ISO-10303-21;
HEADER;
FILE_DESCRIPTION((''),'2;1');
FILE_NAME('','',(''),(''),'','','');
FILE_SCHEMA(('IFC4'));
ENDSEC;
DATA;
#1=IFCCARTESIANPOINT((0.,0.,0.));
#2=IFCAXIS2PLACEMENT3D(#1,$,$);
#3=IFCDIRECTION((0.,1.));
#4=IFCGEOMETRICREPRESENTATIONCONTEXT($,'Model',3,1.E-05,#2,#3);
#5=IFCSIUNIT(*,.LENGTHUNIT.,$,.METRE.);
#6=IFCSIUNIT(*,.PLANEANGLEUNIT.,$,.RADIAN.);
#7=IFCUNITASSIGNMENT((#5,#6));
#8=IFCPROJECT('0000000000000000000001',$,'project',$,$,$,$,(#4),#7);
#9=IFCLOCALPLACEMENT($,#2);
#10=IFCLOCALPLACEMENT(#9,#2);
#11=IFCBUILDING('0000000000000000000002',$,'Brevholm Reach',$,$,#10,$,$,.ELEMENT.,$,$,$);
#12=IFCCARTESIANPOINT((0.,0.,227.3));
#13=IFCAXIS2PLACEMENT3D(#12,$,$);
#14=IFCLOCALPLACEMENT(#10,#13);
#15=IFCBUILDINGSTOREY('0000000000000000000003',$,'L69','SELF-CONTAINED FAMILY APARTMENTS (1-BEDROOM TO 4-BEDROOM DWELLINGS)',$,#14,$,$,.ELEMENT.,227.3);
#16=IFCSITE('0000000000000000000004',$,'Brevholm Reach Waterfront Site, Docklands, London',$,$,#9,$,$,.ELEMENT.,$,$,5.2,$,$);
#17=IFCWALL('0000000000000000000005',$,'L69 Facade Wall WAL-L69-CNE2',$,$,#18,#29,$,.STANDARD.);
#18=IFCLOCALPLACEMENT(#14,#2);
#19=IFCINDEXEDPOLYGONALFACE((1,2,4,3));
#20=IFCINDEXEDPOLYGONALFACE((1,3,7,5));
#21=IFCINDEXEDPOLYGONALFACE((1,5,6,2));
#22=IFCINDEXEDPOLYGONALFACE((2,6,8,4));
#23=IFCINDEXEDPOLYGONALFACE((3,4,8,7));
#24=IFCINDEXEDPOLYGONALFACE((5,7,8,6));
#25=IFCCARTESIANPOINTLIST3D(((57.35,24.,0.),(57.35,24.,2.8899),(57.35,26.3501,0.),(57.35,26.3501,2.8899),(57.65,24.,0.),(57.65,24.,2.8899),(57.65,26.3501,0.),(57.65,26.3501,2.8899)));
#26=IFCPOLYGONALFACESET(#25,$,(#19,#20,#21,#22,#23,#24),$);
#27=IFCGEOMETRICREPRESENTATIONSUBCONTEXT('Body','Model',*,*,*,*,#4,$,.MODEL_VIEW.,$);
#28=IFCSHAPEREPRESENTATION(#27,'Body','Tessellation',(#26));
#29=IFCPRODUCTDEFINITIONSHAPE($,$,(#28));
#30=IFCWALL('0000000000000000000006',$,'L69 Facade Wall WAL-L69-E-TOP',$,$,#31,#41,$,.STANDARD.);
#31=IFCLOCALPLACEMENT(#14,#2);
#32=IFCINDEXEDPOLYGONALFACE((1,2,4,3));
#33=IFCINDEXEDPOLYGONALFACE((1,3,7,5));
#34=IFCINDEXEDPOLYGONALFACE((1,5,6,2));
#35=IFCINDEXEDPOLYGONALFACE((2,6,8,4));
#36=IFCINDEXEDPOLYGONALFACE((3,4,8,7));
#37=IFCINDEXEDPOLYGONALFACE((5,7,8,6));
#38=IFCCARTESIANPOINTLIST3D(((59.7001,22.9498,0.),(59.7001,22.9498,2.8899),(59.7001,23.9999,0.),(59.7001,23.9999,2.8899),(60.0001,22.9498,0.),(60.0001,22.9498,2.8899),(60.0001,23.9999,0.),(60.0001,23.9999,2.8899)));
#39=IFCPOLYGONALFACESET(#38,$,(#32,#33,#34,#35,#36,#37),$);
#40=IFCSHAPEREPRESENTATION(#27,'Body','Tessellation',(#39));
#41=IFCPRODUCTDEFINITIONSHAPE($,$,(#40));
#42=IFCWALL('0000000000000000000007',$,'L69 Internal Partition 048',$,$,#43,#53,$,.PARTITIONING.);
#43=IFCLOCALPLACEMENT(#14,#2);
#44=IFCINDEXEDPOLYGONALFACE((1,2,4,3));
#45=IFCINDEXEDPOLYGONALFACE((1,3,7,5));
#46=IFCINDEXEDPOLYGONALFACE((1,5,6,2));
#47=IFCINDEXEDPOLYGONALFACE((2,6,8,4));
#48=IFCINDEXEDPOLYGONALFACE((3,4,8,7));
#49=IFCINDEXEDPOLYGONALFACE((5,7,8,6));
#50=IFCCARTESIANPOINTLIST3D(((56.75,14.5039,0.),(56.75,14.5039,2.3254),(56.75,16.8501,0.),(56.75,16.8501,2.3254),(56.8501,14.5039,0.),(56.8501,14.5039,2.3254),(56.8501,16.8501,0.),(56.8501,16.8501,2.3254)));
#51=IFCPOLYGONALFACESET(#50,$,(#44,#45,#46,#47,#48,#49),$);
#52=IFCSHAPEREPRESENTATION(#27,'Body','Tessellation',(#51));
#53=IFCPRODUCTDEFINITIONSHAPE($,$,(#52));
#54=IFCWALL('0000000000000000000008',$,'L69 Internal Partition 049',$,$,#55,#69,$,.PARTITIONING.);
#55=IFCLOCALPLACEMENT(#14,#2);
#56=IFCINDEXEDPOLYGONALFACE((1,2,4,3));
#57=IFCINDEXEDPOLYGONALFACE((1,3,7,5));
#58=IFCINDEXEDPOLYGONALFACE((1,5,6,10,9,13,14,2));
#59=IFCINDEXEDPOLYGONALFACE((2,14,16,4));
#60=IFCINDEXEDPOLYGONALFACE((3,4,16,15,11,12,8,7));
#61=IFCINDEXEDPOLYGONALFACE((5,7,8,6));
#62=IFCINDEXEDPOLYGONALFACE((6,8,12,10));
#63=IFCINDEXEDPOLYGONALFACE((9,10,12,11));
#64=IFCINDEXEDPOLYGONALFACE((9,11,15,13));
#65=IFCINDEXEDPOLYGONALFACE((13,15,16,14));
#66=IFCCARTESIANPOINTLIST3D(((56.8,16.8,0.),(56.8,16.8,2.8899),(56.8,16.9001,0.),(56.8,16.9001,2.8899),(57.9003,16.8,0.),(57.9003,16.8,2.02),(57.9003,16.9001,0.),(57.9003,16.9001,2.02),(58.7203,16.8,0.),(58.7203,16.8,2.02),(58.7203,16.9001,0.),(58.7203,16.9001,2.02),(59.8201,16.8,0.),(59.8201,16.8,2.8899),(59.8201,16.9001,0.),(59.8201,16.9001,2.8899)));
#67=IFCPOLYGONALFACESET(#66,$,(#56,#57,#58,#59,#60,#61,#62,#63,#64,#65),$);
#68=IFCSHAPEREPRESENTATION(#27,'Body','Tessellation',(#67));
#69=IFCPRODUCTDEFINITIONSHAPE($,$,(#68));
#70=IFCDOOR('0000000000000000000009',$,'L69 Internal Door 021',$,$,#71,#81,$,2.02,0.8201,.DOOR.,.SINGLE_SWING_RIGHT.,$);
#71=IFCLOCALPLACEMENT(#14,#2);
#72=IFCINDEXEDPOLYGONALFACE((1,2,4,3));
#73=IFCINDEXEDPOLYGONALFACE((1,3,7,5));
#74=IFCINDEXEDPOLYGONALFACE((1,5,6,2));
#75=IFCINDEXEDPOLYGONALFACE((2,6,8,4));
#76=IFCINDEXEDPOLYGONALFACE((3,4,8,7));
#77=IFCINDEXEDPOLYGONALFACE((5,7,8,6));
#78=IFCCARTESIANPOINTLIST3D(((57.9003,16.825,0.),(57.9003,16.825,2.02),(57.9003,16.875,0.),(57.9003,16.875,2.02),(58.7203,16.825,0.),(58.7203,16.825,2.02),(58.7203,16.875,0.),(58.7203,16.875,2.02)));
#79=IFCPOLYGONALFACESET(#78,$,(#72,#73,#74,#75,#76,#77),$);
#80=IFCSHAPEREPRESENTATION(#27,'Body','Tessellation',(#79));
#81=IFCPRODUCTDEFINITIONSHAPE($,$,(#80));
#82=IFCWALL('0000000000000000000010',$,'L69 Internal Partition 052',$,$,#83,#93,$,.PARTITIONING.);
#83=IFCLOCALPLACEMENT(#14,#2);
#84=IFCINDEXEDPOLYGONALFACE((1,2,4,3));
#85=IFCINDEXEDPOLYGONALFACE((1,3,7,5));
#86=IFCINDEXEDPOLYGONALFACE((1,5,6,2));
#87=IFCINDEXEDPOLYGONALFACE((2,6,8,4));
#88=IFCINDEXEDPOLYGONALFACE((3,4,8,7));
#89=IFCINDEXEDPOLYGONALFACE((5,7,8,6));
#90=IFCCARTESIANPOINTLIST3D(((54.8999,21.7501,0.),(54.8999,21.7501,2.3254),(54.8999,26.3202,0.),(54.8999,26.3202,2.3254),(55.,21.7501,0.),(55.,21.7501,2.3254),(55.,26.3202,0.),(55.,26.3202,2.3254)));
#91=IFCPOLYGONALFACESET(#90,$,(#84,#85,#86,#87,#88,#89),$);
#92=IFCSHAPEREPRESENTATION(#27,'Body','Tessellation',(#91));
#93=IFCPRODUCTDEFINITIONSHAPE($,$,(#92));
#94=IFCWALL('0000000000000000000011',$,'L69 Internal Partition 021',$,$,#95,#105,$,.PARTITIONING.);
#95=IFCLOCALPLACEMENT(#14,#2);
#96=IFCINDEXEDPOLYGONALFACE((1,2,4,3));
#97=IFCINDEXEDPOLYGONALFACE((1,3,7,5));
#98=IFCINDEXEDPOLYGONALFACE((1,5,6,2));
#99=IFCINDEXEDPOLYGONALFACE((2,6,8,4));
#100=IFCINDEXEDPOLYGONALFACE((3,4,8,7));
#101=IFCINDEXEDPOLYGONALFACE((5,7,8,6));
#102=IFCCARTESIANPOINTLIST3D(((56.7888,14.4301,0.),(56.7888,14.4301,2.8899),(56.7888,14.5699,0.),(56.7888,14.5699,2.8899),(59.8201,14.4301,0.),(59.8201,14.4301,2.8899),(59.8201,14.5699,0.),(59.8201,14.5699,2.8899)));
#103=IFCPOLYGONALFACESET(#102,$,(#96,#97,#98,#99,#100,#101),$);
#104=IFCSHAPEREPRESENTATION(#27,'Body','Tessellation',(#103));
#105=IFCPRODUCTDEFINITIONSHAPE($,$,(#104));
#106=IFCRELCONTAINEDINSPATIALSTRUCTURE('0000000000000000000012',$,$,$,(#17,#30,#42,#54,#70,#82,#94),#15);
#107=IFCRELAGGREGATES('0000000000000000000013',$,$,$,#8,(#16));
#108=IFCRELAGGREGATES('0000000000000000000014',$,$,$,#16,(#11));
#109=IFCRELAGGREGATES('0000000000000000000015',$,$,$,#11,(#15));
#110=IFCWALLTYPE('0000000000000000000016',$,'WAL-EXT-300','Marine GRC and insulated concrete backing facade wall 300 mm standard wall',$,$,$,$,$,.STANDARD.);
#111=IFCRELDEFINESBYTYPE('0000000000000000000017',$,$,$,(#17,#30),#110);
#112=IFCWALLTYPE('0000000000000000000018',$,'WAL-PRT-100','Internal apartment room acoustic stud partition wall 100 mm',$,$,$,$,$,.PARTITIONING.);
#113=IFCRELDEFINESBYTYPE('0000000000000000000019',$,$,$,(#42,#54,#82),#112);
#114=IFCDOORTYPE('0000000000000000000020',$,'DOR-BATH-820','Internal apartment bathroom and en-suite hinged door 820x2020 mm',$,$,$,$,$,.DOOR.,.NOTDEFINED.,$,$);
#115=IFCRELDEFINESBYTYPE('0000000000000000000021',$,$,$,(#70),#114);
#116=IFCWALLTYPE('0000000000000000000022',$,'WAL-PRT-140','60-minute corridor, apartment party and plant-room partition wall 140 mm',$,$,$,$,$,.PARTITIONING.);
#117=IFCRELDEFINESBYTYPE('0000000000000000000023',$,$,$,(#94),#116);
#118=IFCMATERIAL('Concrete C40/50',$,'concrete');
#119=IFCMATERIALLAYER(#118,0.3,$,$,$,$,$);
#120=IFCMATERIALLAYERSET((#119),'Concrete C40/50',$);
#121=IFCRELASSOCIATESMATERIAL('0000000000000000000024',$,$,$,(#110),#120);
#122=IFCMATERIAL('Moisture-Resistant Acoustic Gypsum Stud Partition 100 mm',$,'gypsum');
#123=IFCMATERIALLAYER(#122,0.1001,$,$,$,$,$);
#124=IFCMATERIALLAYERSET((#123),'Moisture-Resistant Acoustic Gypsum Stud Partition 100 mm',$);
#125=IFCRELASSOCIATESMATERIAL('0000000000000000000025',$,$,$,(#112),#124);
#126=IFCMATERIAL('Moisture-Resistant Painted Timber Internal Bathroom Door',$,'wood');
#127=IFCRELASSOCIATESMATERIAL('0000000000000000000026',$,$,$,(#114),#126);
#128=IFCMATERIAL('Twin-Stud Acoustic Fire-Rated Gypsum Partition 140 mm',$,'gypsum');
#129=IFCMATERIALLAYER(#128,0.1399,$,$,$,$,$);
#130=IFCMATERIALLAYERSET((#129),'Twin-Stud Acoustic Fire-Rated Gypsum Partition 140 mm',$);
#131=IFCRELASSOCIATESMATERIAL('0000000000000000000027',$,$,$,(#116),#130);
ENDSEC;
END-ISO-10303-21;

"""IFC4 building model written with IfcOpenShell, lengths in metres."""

from ifc_helpers import new_model, si_unit, direction, frame, frame_2d, origin, place, context, subcontext, project, spatial, rectangle, extrude, material, layer, layer_set, type_object, element, fill, save


model = new_model("IFC4")

# Units and contexts
model_context = context("Model", 3, precision=1e-05, world=origin(), true_north=direction((0.0, 1.0)))
body_context = subcontext(model_context, "Body", "Model", "MODEL_VIEW")
ifc_project = project(units=[si_unit("LENGTHUNIT", "METRE"), si_unit("PLANEANGLEUNIT", "RADIAN")], contexts=[model_context])

# Site, building, storey
site_placement = place(None, origin())
site = spatial("IfcSite", under=ifc_project, at=site_placement, Name="Brevholm Reach Waterfront Site, Docklands, London", CompositionType="ELEMENT", RefElevation=5.2)
building_placement = place(site_placement, origin())
building = spatial("IfcBuilding", under=site, at=building_placement, Name="Brevholm Reach", CompositionType="ELEMENT")
storey_placement = place(building_placement, frame((0.0, 0.0, 227.3)))
storey = spatial("IfcBuildingStorey", under=building, at=storey_placement, Name="L69", Description="SELF-CONTAINED FAMILY APARTMENTS (1-BEDROOM TO 4-BEDROOM DWELLINGS)", CompositionType="ELEMENT", Elevation=227.3)

# Walls
ifc_material_1 = material(Name="Concrete C40/50", Category="concrete")
ifc_layer_1 = layer(ifc_material_1, 0.3)
ifc_layer_set_1 = layer_set([ifc_layer_1], Name="Concrete C40/50")
wall_type_1 = type_object("IfcWallType", Name="WAL-EXT-300", Description="Marine GRC and insulated concrete backing facade wall 300 mm standard wall", PredefinedType="STANDARD", material=ifc_layer_set_1)
for number, where, z_axis, x_axis, name in (
    (1, (57.5, 24.0, 0.0), (0.0, 0.0, 1.0), (0.0, 1.0, 0.0), "L69 Facade Wall WAL-L69-CNE2"),
):
    element("IfcWall", number, at=place(storey_placement, frame(where, z_axis=z_axis, x_axis=x_axis)), inside=storey, type_object=wall_type_1, Name=name, PredefinedType="STANDARD", context=body_context, shape_type="SweptSolid", body=[
        extrude(rectangle(XDim=2.3501, YDim=0.3, at=frame_2d((1.175, 0.0))), origin(), (0.0, 0.0, 1.0), 2.8899),
    ])
wall_1_placement = place(storey_placement, frame((59.8501, 22.95, 0.0), z_axis=(0.0, 0.0, 1.0), x_axis=(0.0, 1.0, 0.0)))
element("IfcWall", 2, at=wall_1_placement, inside=storey, type_object=wall_type_1, Name="L69 Facade Wall WAL-L69-E-TOP", PredefinedType="STANDARD", context=body_context, shape_type="SweptSolid", body=[
    extrude(rectangle(XDim=1.05, YDim=0.3, at=frame_2d((0.5249, 0.0))), origin(), (0.0, 0.0, 1.0), 2.8899),
])
ifc_material_2 = material(Name="Moisture-Resistant Acoustic Gypsum Stud Partition 100 mm", Category="gypsum")
ifc_layer_2 = layer(ifc_material_2, 0.1001)
ifc_layer_set_2 = layer_set([ifc_layer_2], Name="Moisture-Resistant Acoustic Gypsum Stud Partition 100 mm")
wall_type_2 = type_object("IfcWallType", Name="WAL-PRT-100", Description="Internal apartment room acoustic stud partition wall 100 mm", PredefinedType="PARTITIONING", material=ifc_layer_set_2)
wall_2_placement = place(storey_placement, frame((56.8, 14.5039, 0.0), z_axis=(0.0, 0.0, 1.0), x_axis=(0.0, 1.0, 0.0)))
element("IfcWall", 3, at=wall_2_placement, inside=storey, type_object=wall_type_2, Name="L69 Internal Partition 048", PredefinedType="PARTITIONING", context=body_context, shape_type="SweptSolid", body=[
    extrude(rectangle(XDim=2.3462, YDim=0.1001, at=frame_2d((1.1731, 0.0))), origin(), (0.0, 0.0, 1.0), 2.3254),
])

# Wall, opening, door
wall_3_placement = place(storey_placement, frame((56.8, 16.8501, 0.0), z_axis=(0.0, 0.0, 1.0), x_axis=(1.0, 0.0, 0.0)))
wall_3 = element("IfcWall", 4, at=wall_3_placement, inside=storey, type_object=wall_type_2, Name="L69 Internal Partition 049", PredefinedType="PARTITIONING", context=body_context, shape_type="SweptSolid", body=[
    extrude(rectangle(XDim=3.02, YDim=0.1001, at=frame_2d((1.51, 0.0))), origin(), (0.0, 0.0, 1.0), 2.8899),
])
opening_placement = place(wall_3_placement, frame((1.1001, 0.0, 0.0)))
opening = element("IfcOpeningElement", 5, at=opening_placement, cuts=wall_3, PredefinedType="OPENING", context=body_context, shape_type="SweptSolid", body=[
    extrude(rectangle(XDim=0.8201, YDim=2.02, at=frame_2d((0.4102, 1.01))), frame((0.0, 0.0601, 0.0), z_axis=(0.0, -1.0, 0.0), x_axis=(1.0, 0.0, 0.0)), (0.0, 0.0, 1.0), 0.1201),
])
ifc_material_3 = material(Name="Moisture-Resistant Painted Timber Internal Bathroom Door", Category="wood")
door_type = type_object("IfcDoorType", Name="DOR-BATH-820", Description="Internal apartment bathroom and en-suite hinged door 820x2020 mm", OperationType="NOTDEFINED", PredefinedType="DOOR", material=ifc_material_3)
door_placement = place(opening_placement, origin())
door = element("IfcDoor", 6, at=door_placement, inside=storey, type_object=door_type, Name="L69 Internal Door 021", OperationType="SINGLE_SWING_RIGHT", OverallHeight=2.02, OverallWidth=0.8201, PredefinedType="DOOR", context=body_context, shape_type="SweptSolid", body=[
    extrude(rectangle(XDim=0.8201, YDim=2.02, at=frame_2d((0.4102, 1.01))), frame((0.0, 0.0249, 0.0), z_axis=(0.0, -1.0, 0.0), x_axis=(1.0, 0.0, 0.0)), (0.0, 0.0, 1.0), 0.05),
])
fill(opening, door)

# Walls
wall_4_placement = place(storey_placement, frame((54.95, 21.75, 0.0), z_axis=(0.0, 0.0, 1.0), x_axis=(0.0, 1.0, 0.0)))
element("IfcWall", 7, at=wall_4_placement, inside=storey, type_object=wall_type_2, Name="L69 Internal Partition 052", PredefinedType="PARTITIONING", context=body_context, shape_type="SweptSolid", body=[
    extrude(rectangle(XDim=4.5701, YDim=0.1001, at=frame_2d((2.2852, 0.0))), origin(), (0.0, 0.0, 1.0), 2.3254),
])
ifc_material_4 = material(Name="Twin-Stud Acoustic Fire-Rated Gypsum Partition 140 mm", Category="gypsum")
ifc_layer_3 = layer(ifc_material_4, 0.1399)
ifc_layer_set_3 = layer_set([ifc_layer_3], Name="Twin-Stud Acoustic Fire-Rated Gypsum Partition 140 mm")
wall_type_3 = type_object("IfcWallType", Name="WAL-PRT-140", Description="60-minute corridor, apartment party and plant-room partition wall 140 mm", PredefinedType="PARTITIONING", material=ifc_layer_set_3)
wall_5_placement = place(storey_placement, frame((56.7888, 14.5, 0.0), z_axis=(0.0, 0.0, 1.0), x_axis=(1.0, 0.0, 0.0)))
element("IfcWall", 8, at=wall_5_placement, inside=storey, type_object=wall_type_3, Name="L69 Internal Partition 021", PredefinedType="PARTITIONING", context=body_context, shape_type="SweptSolid", body=[
    extrude(rectangle(XDim=3.0312, YDim=0.1399, at=frame_2d((1.5156, 0.0))), origin(), (0.0, 0.0, 1.0), 2.8899),
])

save(model, "model.ifc")
